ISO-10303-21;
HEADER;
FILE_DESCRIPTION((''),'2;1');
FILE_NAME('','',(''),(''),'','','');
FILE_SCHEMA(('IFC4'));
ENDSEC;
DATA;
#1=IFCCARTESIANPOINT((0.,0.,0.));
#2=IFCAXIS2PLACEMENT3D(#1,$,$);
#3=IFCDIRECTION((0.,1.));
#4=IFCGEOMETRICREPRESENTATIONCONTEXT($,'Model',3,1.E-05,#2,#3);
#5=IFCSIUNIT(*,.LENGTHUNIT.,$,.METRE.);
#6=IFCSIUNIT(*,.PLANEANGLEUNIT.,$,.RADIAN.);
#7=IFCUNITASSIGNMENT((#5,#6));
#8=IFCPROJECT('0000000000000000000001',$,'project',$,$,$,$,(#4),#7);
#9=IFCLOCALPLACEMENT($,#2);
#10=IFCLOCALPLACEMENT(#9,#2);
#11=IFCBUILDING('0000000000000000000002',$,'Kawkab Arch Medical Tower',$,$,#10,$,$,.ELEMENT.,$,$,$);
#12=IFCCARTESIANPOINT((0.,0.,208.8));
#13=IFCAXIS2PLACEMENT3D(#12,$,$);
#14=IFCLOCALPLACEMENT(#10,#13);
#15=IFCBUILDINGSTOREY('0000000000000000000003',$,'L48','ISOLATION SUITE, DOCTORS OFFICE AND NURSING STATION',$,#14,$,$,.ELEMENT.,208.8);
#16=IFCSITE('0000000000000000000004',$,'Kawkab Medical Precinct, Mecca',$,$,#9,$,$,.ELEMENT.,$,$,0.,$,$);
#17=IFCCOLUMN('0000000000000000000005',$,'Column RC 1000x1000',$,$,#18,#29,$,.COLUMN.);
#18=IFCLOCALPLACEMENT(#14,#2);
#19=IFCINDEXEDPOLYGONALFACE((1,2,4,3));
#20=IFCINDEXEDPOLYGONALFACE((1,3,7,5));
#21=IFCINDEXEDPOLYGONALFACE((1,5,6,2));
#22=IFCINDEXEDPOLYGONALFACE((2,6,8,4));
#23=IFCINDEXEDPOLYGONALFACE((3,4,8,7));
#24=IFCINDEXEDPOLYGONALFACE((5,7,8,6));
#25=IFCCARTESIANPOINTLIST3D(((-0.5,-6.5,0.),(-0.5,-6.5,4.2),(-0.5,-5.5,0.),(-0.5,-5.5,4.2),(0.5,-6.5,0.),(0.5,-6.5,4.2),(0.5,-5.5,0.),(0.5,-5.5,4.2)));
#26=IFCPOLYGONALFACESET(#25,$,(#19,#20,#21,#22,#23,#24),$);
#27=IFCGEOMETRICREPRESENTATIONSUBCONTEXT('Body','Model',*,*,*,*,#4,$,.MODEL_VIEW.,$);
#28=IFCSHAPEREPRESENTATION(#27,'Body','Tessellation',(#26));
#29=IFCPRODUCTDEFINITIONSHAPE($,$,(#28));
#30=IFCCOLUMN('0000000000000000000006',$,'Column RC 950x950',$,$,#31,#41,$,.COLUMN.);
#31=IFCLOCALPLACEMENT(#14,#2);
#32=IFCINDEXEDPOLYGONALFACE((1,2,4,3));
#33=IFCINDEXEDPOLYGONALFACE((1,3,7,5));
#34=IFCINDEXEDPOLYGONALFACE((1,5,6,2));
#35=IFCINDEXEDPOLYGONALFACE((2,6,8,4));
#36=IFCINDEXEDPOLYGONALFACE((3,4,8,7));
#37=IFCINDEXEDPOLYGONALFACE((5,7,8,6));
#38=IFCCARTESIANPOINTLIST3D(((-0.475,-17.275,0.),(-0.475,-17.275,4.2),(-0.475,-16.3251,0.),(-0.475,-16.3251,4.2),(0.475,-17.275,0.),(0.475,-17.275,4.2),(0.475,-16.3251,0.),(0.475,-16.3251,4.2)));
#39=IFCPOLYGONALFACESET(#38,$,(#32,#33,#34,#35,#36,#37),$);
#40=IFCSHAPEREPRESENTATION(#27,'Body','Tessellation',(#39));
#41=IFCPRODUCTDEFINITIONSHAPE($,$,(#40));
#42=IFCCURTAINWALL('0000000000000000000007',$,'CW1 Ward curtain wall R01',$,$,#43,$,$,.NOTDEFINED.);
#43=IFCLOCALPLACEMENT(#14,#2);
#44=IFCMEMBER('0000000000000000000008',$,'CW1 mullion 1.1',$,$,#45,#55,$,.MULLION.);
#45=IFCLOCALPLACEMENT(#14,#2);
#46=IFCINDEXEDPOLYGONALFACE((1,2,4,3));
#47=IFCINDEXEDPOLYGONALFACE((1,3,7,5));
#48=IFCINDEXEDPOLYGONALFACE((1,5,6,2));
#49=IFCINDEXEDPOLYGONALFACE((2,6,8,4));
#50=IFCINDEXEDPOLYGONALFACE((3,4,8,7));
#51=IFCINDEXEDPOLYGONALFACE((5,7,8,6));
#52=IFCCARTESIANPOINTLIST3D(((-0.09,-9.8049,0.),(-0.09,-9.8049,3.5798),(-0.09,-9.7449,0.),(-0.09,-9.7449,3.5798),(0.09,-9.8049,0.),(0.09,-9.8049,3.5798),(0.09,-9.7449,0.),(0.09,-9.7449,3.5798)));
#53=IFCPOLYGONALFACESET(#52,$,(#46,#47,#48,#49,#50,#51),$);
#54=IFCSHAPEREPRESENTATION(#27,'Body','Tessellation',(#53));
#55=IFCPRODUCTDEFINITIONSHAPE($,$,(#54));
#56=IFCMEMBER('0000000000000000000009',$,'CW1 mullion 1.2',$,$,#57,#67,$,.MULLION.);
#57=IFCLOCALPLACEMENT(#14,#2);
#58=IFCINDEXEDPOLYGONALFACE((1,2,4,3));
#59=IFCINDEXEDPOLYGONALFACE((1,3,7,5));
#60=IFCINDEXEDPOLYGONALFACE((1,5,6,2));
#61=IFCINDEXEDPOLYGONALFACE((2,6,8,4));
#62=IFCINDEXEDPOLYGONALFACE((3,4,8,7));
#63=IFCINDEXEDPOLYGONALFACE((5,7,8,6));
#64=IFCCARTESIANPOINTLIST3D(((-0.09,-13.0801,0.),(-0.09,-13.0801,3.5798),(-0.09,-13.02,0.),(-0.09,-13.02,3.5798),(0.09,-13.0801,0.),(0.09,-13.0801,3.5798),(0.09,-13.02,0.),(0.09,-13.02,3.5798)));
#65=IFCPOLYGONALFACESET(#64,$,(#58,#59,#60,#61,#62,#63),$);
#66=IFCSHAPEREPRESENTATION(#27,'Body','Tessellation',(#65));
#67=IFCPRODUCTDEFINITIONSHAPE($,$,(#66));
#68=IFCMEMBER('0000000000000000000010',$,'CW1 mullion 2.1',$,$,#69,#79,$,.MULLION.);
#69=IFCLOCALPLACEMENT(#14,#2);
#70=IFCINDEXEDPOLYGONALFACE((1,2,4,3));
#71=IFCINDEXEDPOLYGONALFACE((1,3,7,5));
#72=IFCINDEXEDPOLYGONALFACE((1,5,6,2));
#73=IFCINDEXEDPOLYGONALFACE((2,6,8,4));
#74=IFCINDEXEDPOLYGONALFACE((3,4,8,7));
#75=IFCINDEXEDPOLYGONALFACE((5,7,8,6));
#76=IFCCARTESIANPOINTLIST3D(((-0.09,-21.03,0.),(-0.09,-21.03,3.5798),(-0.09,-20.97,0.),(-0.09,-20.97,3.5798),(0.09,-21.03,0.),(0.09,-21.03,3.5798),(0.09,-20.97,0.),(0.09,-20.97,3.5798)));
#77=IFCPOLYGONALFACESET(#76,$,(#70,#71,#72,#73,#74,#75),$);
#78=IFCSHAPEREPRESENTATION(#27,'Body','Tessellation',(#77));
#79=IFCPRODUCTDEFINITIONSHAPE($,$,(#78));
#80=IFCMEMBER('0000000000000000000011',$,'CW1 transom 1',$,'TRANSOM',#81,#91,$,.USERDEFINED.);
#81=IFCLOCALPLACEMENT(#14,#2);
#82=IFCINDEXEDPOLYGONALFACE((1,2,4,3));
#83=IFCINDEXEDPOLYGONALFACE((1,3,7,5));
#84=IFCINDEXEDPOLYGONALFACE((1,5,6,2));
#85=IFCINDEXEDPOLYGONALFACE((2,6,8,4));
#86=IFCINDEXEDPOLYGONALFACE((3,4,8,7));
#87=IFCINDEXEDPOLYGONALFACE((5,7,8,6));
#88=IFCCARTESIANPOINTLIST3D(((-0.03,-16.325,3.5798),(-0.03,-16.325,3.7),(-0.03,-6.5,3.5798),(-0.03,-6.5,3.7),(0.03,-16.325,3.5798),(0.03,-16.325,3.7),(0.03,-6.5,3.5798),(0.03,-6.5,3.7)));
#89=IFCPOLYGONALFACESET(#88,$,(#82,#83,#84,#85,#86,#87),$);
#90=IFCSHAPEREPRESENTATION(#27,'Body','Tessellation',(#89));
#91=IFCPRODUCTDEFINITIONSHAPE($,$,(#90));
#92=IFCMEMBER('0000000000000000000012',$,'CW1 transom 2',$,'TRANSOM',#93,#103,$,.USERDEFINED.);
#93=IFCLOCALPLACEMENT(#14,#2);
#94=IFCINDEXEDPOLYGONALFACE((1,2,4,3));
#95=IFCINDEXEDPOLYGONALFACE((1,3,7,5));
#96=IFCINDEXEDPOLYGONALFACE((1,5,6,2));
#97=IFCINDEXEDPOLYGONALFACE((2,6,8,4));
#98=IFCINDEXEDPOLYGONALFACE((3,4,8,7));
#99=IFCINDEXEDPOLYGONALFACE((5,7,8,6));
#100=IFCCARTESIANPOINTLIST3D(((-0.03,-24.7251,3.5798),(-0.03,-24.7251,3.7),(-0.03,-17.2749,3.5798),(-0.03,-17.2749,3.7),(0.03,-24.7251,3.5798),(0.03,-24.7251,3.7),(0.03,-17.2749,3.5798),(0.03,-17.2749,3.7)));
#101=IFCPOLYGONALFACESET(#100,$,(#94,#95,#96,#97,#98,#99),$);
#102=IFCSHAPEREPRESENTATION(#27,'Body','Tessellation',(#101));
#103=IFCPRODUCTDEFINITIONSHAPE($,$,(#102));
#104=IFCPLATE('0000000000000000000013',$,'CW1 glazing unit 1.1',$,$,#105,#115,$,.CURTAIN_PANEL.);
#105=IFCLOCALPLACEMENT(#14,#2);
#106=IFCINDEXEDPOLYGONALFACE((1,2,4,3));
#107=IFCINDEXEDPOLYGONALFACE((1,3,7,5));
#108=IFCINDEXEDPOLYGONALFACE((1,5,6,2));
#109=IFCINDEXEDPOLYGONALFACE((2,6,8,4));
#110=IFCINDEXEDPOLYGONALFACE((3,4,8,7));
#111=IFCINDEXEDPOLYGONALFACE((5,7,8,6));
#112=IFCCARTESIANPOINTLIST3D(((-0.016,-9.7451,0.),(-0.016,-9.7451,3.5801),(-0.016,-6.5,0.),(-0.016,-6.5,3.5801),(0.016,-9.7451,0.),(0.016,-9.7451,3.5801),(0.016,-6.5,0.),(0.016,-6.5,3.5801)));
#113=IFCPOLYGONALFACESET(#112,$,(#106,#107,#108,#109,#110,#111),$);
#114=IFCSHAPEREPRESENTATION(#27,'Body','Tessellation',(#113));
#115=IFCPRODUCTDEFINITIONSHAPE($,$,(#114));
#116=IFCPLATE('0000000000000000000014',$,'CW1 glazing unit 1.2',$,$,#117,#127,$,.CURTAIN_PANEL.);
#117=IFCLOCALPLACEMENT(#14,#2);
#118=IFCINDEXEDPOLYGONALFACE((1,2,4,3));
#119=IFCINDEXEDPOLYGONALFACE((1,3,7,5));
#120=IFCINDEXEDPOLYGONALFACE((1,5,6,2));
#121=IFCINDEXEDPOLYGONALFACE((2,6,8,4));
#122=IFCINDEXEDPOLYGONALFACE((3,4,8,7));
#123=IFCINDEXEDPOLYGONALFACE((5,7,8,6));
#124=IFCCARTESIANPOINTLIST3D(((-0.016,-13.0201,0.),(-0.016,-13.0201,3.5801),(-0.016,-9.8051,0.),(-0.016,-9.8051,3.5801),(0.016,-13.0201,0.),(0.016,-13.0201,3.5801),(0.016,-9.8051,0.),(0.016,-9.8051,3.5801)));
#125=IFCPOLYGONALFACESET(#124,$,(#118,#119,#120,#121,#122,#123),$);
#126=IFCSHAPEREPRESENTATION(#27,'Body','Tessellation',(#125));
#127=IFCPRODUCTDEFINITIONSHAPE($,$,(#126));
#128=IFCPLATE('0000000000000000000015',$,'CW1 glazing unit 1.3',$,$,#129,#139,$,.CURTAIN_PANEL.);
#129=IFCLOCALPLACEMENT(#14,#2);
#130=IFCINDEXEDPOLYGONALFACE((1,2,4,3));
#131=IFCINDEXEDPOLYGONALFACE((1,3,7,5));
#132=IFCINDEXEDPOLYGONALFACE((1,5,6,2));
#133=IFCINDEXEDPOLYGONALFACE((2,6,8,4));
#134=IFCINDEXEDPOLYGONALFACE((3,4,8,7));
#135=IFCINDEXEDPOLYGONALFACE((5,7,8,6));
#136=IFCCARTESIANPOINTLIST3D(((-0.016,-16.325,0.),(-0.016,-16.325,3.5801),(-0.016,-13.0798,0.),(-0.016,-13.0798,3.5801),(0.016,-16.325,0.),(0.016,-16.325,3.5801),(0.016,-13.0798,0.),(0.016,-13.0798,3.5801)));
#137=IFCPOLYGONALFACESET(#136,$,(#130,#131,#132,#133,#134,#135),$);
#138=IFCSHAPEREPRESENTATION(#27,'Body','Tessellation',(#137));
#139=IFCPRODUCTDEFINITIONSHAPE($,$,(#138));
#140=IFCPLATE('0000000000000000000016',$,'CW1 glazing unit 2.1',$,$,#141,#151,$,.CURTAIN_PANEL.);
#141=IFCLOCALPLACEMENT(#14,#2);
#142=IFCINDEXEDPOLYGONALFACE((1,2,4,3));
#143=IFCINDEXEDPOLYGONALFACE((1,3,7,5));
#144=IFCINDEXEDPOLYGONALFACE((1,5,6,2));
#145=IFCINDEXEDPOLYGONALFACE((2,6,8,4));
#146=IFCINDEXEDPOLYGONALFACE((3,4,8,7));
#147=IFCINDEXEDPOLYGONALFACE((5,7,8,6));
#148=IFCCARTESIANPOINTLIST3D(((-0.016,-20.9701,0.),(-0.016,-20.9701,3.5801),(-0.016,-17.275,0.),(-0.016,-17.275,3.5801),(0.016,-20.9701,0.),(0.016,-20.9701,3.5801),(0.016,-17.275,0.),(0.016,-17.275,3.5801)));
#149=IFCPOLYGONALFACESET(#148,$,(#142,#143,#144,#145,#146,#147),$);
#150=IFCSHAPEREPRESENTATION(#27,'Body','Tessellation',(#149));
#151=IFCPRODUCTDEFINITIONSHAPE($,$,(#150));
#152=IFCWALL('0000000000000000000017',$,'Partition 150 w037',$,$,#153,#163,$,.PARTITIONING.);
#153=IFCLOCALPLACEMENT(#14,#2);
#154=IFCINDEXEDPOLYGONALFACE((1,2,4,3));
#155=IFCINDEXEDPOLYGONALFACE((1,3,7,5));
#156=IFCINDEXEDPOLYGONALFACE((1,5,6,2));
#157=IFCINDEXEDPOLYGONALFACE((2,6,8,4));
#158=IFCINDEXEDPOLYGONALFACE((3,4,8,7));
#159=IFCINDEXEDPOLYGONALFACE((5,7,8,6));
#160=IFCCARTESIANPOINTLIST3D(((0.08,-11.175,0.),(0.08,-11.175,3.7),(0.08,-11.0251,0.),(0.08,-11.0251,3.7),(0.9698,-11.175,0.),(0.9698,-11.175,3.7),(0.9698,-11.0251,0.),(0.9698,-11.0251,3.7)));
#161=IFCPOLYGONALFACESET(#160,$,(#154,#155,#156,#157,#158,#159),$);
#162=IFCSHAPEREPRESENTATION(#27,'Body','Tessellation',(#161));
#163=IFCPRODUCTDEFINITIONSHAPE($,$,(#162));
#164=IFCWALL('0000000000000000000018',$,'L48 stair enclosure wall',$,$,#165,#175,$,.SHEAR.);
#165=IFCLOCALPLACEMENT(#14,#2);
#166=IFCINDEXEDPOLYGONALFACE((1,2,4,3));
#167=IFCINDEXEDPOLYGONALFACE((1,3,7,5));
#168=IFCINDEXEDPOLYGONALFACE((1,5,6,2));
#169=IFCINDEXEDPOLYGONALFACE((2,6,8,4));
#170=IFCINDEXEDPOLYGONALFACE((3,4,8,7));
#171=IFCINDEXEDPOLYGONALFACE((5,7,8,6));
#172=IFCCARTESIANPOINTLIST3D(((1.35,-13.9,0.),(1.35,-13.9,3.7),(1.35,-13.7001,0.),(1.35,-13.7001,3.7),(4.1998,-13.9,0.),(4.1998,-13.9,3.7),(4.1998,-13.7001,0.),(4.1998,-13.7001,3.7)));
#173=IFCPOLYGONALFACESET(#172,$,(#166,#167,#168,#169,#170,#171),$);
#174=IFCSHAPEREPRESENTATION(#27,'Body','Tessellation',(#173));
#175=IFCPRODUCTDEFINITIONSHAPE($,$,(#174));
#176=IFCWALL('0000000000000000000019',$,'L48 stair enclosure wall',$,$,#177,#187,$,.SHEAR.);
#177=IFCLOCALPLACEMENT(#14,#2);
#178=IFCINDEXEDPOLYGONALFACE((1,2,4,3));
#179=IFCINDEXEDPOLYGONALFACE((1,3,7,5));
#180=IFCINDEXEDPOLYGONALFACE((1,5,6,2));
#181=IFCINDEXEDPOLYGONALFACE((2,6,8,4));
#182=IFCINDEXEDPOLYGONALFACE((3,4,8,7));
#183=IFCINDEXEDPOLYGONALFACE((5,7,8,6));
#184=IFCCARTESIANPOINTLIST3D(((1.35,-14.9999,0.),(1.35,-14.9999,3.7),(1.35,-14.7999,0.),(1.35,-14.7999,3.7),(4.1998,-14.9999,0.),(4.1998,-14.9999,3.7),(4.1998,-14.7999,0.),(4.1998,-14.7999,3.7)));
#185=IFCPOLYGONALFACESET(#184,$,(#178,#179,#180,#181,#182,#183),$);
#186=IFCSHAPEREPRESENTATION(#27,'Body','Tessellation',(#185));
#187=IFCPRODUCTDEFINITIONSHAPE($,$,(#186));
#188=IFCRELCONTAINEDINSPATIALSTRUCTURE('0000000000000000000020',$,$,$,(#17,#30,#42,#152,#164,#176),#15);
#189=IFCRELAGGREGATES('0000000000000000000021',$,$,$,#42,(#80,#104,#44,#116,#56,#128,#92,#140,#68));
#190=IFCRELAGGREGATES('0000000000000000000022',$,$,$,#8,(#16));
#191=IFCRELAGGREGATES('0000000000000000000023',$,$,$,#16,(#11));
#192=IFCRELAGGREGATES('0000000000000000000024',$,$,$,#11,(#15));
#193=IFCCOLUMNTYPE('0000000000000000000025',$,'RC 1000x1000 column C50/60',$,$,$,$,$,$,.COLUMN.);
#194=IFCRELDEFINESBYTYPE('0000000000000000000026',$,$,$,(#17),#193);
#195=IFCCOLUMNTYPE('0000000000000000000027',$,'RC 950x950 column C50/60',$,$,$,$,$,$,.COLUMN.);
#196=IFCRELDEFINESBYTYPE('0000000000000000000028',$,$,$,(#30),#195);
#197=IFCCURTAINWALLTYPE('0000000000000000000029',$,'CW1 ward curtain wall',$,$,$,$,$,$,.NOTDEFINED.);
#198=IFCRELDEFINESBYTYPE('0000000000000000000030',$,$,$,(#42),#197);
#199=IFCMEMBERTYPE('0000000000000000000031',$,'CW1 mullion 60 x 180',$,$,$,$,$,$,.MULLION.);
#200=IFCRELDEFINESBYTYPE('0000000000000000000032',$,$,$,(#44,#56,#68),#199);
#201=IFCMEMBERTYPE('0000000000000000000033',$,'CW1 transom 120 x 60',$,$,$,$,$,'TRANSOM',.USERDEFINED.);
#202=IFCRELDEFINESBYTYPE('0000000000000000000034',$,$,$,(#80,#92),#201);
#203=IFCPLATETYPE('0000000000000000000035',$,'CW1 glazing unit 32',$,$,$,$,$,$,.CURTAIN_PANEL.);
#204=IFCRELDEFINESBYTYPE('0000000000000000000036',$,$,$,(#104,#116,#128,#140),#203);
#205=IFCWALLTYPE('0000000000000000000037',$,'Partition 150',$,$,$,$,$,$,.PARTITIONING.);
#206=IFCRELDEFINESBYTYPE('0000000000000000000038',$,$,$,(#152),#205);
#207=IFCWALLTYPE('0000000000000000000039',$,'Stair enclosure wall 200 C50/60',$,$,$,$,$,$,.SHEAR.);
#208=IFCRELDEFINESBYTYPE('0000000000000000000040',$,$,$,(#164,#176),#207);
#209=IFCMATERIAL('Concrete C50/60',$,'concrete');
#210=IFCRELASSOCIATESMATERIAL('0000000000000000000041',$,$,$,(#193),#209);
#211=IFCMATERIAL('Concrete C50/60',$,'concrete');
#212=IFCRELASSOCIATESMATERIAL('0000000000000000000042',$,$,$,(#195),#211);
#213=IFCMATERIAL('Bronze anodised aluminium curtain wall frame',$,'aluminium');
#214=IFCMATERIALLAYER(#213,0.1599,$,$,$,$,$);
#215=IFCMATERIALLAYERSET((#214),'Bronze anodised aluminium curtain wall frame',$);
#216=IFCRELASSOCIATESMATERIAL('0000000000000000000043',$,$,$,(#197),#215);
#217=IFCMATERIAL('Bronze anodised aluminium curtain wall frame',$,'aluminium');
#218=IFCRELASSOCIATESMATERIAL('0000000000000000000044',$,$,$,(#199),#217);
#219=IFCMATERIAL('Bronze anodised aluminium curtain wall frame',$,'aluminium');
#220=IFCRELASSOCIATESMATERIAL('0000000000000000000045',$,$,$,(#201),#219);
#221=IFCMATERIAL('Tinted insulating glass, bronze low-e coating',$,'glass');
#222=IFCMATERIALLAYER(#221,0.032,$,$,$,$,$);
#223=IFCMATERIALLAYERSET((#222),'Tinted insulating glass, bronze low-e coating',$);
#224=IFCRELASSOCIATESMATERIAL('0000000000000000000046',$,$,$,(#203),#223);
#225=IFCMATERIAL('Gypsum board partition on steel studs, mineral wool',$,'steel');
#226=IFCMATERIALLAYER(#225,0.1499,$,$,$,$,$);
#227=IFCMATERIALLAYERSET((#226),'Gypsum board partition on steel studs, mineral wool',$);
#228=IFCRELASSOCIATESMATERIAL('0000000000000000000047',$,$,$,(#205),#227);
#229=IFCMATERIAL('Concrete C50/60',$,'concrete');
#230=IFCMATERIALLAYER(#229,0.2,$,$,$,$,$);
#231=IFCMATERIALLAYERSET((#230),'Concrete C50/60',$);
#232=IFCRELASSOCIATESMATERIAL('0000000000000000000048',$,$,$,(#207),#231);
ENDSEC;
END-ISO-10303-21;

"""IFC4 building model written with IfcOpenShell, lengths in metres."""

from ifc_helpers import new_model, si_unit, direction, frame, frame_2d, origin, origin_2d, place, context, subcontext, project, spatial, rectangle, extrude, material, layer, layer_set, material_profile, profile_set, type_object, element, aggregate, save


model = new_model("IFC4")

# Units and contexts
model_context = context("Model", 3, precision=1e-05, world=origin(), true_north=direction((0.0, 1.0)))
body_context = subcontext(model_context, "Body", "Model", "MODEL_VIEW")
ifc_project = project(units=[si_unit("LENGTHUNIT", "METRE"), si_unit("PLANEANGLEUNIT", "RADIAN")], contexts=[model_context])

# Site, building, storey
site_placement = place(None, origin())
site = spatial("IfcSite", under=ifc_project, at=site_placement, Name="Kawkab Medical Precinct, Mecca", CompositionType="ELEMENT", RefElevation=0.0)
building_placement = place(site_placement, origin())
building = spatial("IfcBuilding", under=site, at=building_placement, Name="Kawkab Arch Medical Tower", CompositionType="ELEMENT")
storey_placement = place(building_placement, frame((0.0, 0.0, 208.8)))
storey = spatial("IfcBuildingStorey", under=building, at=storey_placement, Name="L48", Description="ISOLATION SUITE, DOCTORS OFFICE AND NURSING STATION", CompositionType="ELEMENT", Elevation=208.8)

# Columns
ifc_material_1 = material(Name="Concrete C50/60", Category="concrete")
ifc_material_profile_1 = material_profile(ifc_material_1, rectangle(XDim=1.0, YDim=1.0, at=origin_2d()), Name="RC 1000x1000")
ifc_profile_set_1 = profile_set([ifc_material_profile_1], Name="Concrete C50/60")
column_type_1 = type_object("IfcColumnType", Name="RC 1000x1000 column C50/60", PredefinedType="COLUMN", material=ifc_profile_set_1)
column_1_placement = place(storey_placement, frame((0.0, -6.0, 0.0), z_axis=(0.0, 0.0, 1.0), x_axis=(1.0, 0.0, 0.0)))
element("IfcColumn", 1, at=column_1_placement, inside=storey, type_object=column_type_1, Name="Column RC 1000x1000", PredefinedType="COLUMN", context=body_context, shape_type="SweptSolid", body=[
    extrude(rectangle(XDim=1.0, YDim=1.0, at=origin_2d()), origin(), (0.0, 0.0, 1.0), 4.2),
])
ifc_material_2 = material(Name="Concrete C50/60", Category="concrete")
ifc_material_profile_2 = material_profile(ifc_material_2, rectangle(XDim=0.95, YDim=0.95, at=origin_2d()), Name="RC 950x950")
ifc_profile_set_2 = profile_set([ifc_material_profile_2], Name="Concrete C50/60")
column_type_2 = type_object("IfcColumnType", Name="RC 950x950 column C50/60", PredefinedType="COLUMN", material=ifc_profile_set_2)
column_2_placement = place(storey_placement, frame((0.0, -16.8, 0.0), z_axis=(0.0, 0.0, 1.0), x_axis=(1.0, 0.0, 0.0)))
element("IfcColumn", 2, at=column_2_placement, inside=storey, type_object=column_type_2, Name="Column RC 950x950", PredefinedType="COLUMN", context=body_context, shape_type="SweptSolid", body=[
    extrude(rectangle(XDim=0.95, YDim=0.95, at=origin_2d()), origin(), (0.0, 0.0, 1.0), 4.2),
])

# Curtain wall, members, plates
ifc_material_3 = material(Name="Bronze anodised aluminium curtain wall frame", Category="aluminium")
ifc_layer_1 = layer(ifc_material_3, 0.1599)
ifc_layer_set_1 = layer_set([ifc_layer_1], Name="Bronze anodised aluminium curtain wall frame")
curtain_wall_type = type_object("IfcCurtainWallType", Name="CW1 ward curtain wall", PredefinedType="NOTDEFINED", material=ifc_layer_set_1)
placement = place(storey_placement, origin())
curtain_wall = element("IfcCurtainWall", 3, at=placement, inside=storey, type_object=curtain_wall_type, Name="CW1 Ward curtain wall R01", PredefinedType="NOTDEFINED")
ifc_material_4 = material(Name="Bronze anodised aluminium curtain wall frame", Category="aluminium")
ifc_material_profile_3 = material_profile(ifc_material_4, rectangle(XDim=0.1799, YDim=0.0601, at=origin_2d()), Name="AL 60x180")
ifc_profile_set_3 = profile_set([ifc_material_profile_3], Name="Bronze anodised aluminium curtain wall frame")
member_type_1 = type_object("IfcMemberType", Name="CW1 mullion 60 x 180", PredefinedType="MULLION", material=ifc_profile_set_3)
member_1_placement = place(storey_placement, frame((0.0, -9.7749, 0.0), z_axis=(0.0, 0.0, 1.0), x_axis=(1.0, 0.0, 0.0)))
member_1 = element("IfcMember", 4, at=member_1_placement, type_object=member_type_1, Name="CW1 mullion 1.1", PredefinedType="MULLION", context=body_context, shape_type="SweptSolid", body=[
    extrude(rectangle(XDim=0.1799, YDim=0.0601, at=origin_2d()), origin(), (0.0, 0.0, 1.0), 3.5798),
])
member_2_placement = place(storey_placement, frame((0.0, -13.05, 0.0), z_axis=(0.0, 0.0, 1.0), x_axis=(1.0, 0.0, 0.0)))
member_2 = element("IfcMember", 5, at=member_2_placement, type_object=member_type_1, Name="CW1 mullion 1.2", PredefinedType="MULLION", context=body_context, shape_type="SweptSolid", body=[
    extrude(rectangle(XDim=0.1799, YDim=0.0601, at=origin_2d()), origin(), (0.0, 0.0, 1.0), 3.5798),
])
member_3_placement = place(storey_placement, frame((0.0, -21.0, 0.0), z_axis=(0.0, 0.0, 1.0), x_axis=(1.0, 0.0, 0.0)))
member_3 = element("IfcMember", 6, at=member_3_placement, type_object=member_type_1, Name="CW1 mullion 2.1", PredefinedType="MULLION", context=body_context, shape_type="SweptSolid", body=[
    extrude(rectangle(XDim=0.1799, YDim=0.0601, at=origin_2d()), origin(), (0.0, 0.0, 1.0), 3.5798),
])
ifc_material_5 = material(Name="Bronze anodised aluminium curtain wall frame", Category="aluminium")
ifc_material_profile_4 = material_profile(ifc_material_5, rectangle(XDim=0.0601, YDim=0.1201, at=origin_2d()), Name="AL 60x120")
ifc_profile_set_4 = profile_set([ifc_material_profile_4], Name="Bronze anodised aluminium curtain wall frame")
member_type_2 = type_object("IfcMemberType", Name="CW1 transom 120 x 60", ElementType="TRANSOM", PredefinedType="USERDEFINED", material=ifc_profile_set_4)
member_4_placement = place(storey_placement, frame((0.0, -6.5, 3.6399), z_axis=(0.0, -1.0, 0.0), x_axis=(1.0, 0.0, 0.0)))
member_4 = element("IfcMember", 7, at=member_4_placement, type_object=member_type_2, Name="CW1 transom 1", ObjectType="TRANSOM", PredefinedType="USERDEFINED", context=body_context, shape_type="SweptSolid", body=[
    extrude(rectangle(XDim=0.0601, YDim=0.1201, at=origin_2d()), origin(), (0.0, 0.0, 1.0), 9.825),
])
member_5_placement = place(storey_placement, frame((0.0, -17.2749, 3.6399), z_axis=(0.0, -1.0, 0.0), x_axis=(1.0, 0.0, 0.0)))
member_5 = element("IfcMember", 8, at=member_5_placement, type_object=member_type_2, Name="CW1 transom 2", ObjectType="TRANSOM", PredefinedType="USERDEFINED", context=body_context, shape_type="SweptSolid", body=[
    extrude(rectangle(XDim=0.0601, YDim=0.1201, at=origin_2d()), origin(), (0.0, 0.0, 1.0), 7.4502),
])
ifc_material_6 = material(Name="Tinted insulating glass, bronze low-e coating", Category="glass")
ifc_layer_2 = layer(ifc_material_6, 0.032)
ifc_layer_set_2 = layer_set([ifc_layer_2], Name="Tinted insulating glass, bronze low-e coating")
plate_type = type_object("IfcPlateType", Name="CW1 glazing unit 32", PredefinedType="CURTAIN_PANEL", material=ifc_layer_set_2)
plate_1_placement = place(storey_placement, frame((0.0, -8.1226, 0.0), z_axis=(0.0, 0.0, 1.0), x_axis=(0.0, -1.0, 0.0)))
plate_1 = element("IfcPlate", 9, at=plate_1_placement, type_object=plate_type, Name="CW1 glazing unit 1.1", PredefinedType="CURTAIN_PANEL", context=body_context, shape_type="SweptSolid", body=[
    extrude(rectangle(XDim=3.2451, YDim=0.032, at=origin_2d()), origin(), (0.0, 0.0, 1.0), 3.5801),
])
plate_2_placement = place(storey_placement, frame((0.0, -11.4126, 0.0), z_axis=(0.0, 0.0, 1.0), x_axis=(0.0, -1.0, 0.0)))
plate_2 = element("IfcPlate", 10, at=plate_2_placement, type_object=plate_type, Name="CW1 glazing unit 1.2", PredefinedType="CURTAIN_PANEL", context=body_context, shape_type="SweptSolid", body=[
    extrude(rectangle(XDim=3.2151, YDim=0.032, at=origin_2d()), origin(), (0.0, 0.0, 1.0), 3.5801),
])
plate_3_placement = place(storey_placement, frame((0.0, -14.7024, 0.0), z_axis=(0.0, 0.0, 1.0), x_axis=(0.0, -1.0, 0.0)))
plate_3 = element("IfcPlate", 11, at=plate_3_placement, type_object=plate_type, Name="CW1 glazing unit 1.3", PredefinedType="CURTAIN_PANEL", context=body_context, shape_type="SweptSolid", body=[
    extrude(rectangle(XDim=3.2451, YDim=0.032, at=origin_2d()), origin(), (0.0, 0.0, 1.0), 3.5801),
])
plate_4_placement = place(storey_placement, frame((0.0, -19.1226, 0.0), z_axis=(0.0, 0.0, 1.0), x_axis=(0.0, -1.0, 0.0)))
plate_4 = element("IfcPlate", 12, at=plate_4_placement, type_object=plate_type, Name="CW1 glazing unit 2.1", PredefinedType="CURTAIN_PANEL", context=body_context, shape_type="SweptSolid", body=[
    extrude(rectangle(XDim=3.6951, YDim=0.032, at=origin_2d()), origin(), (0.0, 0.0, 1.0), 3.5801),
])
aggregate(curtain_wall, [member_4, plate_1, member_1, plate_2, member_2, plate_3, member_5, plate_4, member_3])

# Walls
ifc_material_7 = material(Name="Gypsum board partition on steel studs, mineral wool", Category="steel")
ifc_layer_3 = layer(ifc_material_7, 0.1499)
ifc_layer_set_3 = layer_set([ifc_layer_3], Name="Gypsum board partition on steel studs, mineral wool")
wall_type_1 = type_object("IfcWallType", Name="Partition 150", PredefinedType="PARTITIONING", material=ifc_layer_set_3)
wall_1_placement = place(storey_placement, frame((0.0801, -11.1001, 0.0), z_axis=(0.0, 0.0, 1.0), x_axis=(1.0, 0.0, 0.0)))
element("IfcWall", 13, at=wall_1_placement, inside=storey, type_object=wall_type_1, Name="Partition 150 w037", PredefinedType="PARTITIONING", context=body_context, shape_type="SweptSolid", body=[
    extrude(rectangle(XDim=0.8899, YDim=0.1499, at=frame_2d((0.4448, 0.0))), origin(), (0.0, 0.0, 1.0), 3.7),
])
ifc_material_8 = material(Name="Concrete C50/60", Category="concrete")
ifc_layer_4 = layer(ifc_material_8, 0.2)
ifc_layer_set_4 = layer_set([ifc_layer_4], Name="Concrete C50/60")
wall_type_2 = type_object("IfcWallType", Name="Stair enclosure wall 200 C50/60", PredefinedType="SHEAR", material=ifc_layer_set_4)
for number, where, z_axis, x_axis, name in (
    (14, (1.3501, -13.8, 0.0), (0.0, 0.0, 1.0), (1.0, 0.0, 0.0), "L48 stair enclosure wall"),
    (15, (1.3501, -14.8999, 0.0), (0.0, 0.0, 1.0), (1.0, 0.0, 0.0), "L48 stair enclosure wall"),
):
    element("IfcWall", number, at=place(storey_placement, frame(where, z_axis=z_axis, x_axis=x_axis)), inside=storey, type_object=wall_type_2, Name=name, PredefinedType="SHEAR", context=body_context, shape_type="SweptSolid", body=[
        extrude(rectangle(XDim=2.8499, YDim=0.2, at=frame_2d((1.4248, 0.0))), origin(), (0.0, 0.0, 1.0), 3.7),
    ])

save(model, "model.ifc")
